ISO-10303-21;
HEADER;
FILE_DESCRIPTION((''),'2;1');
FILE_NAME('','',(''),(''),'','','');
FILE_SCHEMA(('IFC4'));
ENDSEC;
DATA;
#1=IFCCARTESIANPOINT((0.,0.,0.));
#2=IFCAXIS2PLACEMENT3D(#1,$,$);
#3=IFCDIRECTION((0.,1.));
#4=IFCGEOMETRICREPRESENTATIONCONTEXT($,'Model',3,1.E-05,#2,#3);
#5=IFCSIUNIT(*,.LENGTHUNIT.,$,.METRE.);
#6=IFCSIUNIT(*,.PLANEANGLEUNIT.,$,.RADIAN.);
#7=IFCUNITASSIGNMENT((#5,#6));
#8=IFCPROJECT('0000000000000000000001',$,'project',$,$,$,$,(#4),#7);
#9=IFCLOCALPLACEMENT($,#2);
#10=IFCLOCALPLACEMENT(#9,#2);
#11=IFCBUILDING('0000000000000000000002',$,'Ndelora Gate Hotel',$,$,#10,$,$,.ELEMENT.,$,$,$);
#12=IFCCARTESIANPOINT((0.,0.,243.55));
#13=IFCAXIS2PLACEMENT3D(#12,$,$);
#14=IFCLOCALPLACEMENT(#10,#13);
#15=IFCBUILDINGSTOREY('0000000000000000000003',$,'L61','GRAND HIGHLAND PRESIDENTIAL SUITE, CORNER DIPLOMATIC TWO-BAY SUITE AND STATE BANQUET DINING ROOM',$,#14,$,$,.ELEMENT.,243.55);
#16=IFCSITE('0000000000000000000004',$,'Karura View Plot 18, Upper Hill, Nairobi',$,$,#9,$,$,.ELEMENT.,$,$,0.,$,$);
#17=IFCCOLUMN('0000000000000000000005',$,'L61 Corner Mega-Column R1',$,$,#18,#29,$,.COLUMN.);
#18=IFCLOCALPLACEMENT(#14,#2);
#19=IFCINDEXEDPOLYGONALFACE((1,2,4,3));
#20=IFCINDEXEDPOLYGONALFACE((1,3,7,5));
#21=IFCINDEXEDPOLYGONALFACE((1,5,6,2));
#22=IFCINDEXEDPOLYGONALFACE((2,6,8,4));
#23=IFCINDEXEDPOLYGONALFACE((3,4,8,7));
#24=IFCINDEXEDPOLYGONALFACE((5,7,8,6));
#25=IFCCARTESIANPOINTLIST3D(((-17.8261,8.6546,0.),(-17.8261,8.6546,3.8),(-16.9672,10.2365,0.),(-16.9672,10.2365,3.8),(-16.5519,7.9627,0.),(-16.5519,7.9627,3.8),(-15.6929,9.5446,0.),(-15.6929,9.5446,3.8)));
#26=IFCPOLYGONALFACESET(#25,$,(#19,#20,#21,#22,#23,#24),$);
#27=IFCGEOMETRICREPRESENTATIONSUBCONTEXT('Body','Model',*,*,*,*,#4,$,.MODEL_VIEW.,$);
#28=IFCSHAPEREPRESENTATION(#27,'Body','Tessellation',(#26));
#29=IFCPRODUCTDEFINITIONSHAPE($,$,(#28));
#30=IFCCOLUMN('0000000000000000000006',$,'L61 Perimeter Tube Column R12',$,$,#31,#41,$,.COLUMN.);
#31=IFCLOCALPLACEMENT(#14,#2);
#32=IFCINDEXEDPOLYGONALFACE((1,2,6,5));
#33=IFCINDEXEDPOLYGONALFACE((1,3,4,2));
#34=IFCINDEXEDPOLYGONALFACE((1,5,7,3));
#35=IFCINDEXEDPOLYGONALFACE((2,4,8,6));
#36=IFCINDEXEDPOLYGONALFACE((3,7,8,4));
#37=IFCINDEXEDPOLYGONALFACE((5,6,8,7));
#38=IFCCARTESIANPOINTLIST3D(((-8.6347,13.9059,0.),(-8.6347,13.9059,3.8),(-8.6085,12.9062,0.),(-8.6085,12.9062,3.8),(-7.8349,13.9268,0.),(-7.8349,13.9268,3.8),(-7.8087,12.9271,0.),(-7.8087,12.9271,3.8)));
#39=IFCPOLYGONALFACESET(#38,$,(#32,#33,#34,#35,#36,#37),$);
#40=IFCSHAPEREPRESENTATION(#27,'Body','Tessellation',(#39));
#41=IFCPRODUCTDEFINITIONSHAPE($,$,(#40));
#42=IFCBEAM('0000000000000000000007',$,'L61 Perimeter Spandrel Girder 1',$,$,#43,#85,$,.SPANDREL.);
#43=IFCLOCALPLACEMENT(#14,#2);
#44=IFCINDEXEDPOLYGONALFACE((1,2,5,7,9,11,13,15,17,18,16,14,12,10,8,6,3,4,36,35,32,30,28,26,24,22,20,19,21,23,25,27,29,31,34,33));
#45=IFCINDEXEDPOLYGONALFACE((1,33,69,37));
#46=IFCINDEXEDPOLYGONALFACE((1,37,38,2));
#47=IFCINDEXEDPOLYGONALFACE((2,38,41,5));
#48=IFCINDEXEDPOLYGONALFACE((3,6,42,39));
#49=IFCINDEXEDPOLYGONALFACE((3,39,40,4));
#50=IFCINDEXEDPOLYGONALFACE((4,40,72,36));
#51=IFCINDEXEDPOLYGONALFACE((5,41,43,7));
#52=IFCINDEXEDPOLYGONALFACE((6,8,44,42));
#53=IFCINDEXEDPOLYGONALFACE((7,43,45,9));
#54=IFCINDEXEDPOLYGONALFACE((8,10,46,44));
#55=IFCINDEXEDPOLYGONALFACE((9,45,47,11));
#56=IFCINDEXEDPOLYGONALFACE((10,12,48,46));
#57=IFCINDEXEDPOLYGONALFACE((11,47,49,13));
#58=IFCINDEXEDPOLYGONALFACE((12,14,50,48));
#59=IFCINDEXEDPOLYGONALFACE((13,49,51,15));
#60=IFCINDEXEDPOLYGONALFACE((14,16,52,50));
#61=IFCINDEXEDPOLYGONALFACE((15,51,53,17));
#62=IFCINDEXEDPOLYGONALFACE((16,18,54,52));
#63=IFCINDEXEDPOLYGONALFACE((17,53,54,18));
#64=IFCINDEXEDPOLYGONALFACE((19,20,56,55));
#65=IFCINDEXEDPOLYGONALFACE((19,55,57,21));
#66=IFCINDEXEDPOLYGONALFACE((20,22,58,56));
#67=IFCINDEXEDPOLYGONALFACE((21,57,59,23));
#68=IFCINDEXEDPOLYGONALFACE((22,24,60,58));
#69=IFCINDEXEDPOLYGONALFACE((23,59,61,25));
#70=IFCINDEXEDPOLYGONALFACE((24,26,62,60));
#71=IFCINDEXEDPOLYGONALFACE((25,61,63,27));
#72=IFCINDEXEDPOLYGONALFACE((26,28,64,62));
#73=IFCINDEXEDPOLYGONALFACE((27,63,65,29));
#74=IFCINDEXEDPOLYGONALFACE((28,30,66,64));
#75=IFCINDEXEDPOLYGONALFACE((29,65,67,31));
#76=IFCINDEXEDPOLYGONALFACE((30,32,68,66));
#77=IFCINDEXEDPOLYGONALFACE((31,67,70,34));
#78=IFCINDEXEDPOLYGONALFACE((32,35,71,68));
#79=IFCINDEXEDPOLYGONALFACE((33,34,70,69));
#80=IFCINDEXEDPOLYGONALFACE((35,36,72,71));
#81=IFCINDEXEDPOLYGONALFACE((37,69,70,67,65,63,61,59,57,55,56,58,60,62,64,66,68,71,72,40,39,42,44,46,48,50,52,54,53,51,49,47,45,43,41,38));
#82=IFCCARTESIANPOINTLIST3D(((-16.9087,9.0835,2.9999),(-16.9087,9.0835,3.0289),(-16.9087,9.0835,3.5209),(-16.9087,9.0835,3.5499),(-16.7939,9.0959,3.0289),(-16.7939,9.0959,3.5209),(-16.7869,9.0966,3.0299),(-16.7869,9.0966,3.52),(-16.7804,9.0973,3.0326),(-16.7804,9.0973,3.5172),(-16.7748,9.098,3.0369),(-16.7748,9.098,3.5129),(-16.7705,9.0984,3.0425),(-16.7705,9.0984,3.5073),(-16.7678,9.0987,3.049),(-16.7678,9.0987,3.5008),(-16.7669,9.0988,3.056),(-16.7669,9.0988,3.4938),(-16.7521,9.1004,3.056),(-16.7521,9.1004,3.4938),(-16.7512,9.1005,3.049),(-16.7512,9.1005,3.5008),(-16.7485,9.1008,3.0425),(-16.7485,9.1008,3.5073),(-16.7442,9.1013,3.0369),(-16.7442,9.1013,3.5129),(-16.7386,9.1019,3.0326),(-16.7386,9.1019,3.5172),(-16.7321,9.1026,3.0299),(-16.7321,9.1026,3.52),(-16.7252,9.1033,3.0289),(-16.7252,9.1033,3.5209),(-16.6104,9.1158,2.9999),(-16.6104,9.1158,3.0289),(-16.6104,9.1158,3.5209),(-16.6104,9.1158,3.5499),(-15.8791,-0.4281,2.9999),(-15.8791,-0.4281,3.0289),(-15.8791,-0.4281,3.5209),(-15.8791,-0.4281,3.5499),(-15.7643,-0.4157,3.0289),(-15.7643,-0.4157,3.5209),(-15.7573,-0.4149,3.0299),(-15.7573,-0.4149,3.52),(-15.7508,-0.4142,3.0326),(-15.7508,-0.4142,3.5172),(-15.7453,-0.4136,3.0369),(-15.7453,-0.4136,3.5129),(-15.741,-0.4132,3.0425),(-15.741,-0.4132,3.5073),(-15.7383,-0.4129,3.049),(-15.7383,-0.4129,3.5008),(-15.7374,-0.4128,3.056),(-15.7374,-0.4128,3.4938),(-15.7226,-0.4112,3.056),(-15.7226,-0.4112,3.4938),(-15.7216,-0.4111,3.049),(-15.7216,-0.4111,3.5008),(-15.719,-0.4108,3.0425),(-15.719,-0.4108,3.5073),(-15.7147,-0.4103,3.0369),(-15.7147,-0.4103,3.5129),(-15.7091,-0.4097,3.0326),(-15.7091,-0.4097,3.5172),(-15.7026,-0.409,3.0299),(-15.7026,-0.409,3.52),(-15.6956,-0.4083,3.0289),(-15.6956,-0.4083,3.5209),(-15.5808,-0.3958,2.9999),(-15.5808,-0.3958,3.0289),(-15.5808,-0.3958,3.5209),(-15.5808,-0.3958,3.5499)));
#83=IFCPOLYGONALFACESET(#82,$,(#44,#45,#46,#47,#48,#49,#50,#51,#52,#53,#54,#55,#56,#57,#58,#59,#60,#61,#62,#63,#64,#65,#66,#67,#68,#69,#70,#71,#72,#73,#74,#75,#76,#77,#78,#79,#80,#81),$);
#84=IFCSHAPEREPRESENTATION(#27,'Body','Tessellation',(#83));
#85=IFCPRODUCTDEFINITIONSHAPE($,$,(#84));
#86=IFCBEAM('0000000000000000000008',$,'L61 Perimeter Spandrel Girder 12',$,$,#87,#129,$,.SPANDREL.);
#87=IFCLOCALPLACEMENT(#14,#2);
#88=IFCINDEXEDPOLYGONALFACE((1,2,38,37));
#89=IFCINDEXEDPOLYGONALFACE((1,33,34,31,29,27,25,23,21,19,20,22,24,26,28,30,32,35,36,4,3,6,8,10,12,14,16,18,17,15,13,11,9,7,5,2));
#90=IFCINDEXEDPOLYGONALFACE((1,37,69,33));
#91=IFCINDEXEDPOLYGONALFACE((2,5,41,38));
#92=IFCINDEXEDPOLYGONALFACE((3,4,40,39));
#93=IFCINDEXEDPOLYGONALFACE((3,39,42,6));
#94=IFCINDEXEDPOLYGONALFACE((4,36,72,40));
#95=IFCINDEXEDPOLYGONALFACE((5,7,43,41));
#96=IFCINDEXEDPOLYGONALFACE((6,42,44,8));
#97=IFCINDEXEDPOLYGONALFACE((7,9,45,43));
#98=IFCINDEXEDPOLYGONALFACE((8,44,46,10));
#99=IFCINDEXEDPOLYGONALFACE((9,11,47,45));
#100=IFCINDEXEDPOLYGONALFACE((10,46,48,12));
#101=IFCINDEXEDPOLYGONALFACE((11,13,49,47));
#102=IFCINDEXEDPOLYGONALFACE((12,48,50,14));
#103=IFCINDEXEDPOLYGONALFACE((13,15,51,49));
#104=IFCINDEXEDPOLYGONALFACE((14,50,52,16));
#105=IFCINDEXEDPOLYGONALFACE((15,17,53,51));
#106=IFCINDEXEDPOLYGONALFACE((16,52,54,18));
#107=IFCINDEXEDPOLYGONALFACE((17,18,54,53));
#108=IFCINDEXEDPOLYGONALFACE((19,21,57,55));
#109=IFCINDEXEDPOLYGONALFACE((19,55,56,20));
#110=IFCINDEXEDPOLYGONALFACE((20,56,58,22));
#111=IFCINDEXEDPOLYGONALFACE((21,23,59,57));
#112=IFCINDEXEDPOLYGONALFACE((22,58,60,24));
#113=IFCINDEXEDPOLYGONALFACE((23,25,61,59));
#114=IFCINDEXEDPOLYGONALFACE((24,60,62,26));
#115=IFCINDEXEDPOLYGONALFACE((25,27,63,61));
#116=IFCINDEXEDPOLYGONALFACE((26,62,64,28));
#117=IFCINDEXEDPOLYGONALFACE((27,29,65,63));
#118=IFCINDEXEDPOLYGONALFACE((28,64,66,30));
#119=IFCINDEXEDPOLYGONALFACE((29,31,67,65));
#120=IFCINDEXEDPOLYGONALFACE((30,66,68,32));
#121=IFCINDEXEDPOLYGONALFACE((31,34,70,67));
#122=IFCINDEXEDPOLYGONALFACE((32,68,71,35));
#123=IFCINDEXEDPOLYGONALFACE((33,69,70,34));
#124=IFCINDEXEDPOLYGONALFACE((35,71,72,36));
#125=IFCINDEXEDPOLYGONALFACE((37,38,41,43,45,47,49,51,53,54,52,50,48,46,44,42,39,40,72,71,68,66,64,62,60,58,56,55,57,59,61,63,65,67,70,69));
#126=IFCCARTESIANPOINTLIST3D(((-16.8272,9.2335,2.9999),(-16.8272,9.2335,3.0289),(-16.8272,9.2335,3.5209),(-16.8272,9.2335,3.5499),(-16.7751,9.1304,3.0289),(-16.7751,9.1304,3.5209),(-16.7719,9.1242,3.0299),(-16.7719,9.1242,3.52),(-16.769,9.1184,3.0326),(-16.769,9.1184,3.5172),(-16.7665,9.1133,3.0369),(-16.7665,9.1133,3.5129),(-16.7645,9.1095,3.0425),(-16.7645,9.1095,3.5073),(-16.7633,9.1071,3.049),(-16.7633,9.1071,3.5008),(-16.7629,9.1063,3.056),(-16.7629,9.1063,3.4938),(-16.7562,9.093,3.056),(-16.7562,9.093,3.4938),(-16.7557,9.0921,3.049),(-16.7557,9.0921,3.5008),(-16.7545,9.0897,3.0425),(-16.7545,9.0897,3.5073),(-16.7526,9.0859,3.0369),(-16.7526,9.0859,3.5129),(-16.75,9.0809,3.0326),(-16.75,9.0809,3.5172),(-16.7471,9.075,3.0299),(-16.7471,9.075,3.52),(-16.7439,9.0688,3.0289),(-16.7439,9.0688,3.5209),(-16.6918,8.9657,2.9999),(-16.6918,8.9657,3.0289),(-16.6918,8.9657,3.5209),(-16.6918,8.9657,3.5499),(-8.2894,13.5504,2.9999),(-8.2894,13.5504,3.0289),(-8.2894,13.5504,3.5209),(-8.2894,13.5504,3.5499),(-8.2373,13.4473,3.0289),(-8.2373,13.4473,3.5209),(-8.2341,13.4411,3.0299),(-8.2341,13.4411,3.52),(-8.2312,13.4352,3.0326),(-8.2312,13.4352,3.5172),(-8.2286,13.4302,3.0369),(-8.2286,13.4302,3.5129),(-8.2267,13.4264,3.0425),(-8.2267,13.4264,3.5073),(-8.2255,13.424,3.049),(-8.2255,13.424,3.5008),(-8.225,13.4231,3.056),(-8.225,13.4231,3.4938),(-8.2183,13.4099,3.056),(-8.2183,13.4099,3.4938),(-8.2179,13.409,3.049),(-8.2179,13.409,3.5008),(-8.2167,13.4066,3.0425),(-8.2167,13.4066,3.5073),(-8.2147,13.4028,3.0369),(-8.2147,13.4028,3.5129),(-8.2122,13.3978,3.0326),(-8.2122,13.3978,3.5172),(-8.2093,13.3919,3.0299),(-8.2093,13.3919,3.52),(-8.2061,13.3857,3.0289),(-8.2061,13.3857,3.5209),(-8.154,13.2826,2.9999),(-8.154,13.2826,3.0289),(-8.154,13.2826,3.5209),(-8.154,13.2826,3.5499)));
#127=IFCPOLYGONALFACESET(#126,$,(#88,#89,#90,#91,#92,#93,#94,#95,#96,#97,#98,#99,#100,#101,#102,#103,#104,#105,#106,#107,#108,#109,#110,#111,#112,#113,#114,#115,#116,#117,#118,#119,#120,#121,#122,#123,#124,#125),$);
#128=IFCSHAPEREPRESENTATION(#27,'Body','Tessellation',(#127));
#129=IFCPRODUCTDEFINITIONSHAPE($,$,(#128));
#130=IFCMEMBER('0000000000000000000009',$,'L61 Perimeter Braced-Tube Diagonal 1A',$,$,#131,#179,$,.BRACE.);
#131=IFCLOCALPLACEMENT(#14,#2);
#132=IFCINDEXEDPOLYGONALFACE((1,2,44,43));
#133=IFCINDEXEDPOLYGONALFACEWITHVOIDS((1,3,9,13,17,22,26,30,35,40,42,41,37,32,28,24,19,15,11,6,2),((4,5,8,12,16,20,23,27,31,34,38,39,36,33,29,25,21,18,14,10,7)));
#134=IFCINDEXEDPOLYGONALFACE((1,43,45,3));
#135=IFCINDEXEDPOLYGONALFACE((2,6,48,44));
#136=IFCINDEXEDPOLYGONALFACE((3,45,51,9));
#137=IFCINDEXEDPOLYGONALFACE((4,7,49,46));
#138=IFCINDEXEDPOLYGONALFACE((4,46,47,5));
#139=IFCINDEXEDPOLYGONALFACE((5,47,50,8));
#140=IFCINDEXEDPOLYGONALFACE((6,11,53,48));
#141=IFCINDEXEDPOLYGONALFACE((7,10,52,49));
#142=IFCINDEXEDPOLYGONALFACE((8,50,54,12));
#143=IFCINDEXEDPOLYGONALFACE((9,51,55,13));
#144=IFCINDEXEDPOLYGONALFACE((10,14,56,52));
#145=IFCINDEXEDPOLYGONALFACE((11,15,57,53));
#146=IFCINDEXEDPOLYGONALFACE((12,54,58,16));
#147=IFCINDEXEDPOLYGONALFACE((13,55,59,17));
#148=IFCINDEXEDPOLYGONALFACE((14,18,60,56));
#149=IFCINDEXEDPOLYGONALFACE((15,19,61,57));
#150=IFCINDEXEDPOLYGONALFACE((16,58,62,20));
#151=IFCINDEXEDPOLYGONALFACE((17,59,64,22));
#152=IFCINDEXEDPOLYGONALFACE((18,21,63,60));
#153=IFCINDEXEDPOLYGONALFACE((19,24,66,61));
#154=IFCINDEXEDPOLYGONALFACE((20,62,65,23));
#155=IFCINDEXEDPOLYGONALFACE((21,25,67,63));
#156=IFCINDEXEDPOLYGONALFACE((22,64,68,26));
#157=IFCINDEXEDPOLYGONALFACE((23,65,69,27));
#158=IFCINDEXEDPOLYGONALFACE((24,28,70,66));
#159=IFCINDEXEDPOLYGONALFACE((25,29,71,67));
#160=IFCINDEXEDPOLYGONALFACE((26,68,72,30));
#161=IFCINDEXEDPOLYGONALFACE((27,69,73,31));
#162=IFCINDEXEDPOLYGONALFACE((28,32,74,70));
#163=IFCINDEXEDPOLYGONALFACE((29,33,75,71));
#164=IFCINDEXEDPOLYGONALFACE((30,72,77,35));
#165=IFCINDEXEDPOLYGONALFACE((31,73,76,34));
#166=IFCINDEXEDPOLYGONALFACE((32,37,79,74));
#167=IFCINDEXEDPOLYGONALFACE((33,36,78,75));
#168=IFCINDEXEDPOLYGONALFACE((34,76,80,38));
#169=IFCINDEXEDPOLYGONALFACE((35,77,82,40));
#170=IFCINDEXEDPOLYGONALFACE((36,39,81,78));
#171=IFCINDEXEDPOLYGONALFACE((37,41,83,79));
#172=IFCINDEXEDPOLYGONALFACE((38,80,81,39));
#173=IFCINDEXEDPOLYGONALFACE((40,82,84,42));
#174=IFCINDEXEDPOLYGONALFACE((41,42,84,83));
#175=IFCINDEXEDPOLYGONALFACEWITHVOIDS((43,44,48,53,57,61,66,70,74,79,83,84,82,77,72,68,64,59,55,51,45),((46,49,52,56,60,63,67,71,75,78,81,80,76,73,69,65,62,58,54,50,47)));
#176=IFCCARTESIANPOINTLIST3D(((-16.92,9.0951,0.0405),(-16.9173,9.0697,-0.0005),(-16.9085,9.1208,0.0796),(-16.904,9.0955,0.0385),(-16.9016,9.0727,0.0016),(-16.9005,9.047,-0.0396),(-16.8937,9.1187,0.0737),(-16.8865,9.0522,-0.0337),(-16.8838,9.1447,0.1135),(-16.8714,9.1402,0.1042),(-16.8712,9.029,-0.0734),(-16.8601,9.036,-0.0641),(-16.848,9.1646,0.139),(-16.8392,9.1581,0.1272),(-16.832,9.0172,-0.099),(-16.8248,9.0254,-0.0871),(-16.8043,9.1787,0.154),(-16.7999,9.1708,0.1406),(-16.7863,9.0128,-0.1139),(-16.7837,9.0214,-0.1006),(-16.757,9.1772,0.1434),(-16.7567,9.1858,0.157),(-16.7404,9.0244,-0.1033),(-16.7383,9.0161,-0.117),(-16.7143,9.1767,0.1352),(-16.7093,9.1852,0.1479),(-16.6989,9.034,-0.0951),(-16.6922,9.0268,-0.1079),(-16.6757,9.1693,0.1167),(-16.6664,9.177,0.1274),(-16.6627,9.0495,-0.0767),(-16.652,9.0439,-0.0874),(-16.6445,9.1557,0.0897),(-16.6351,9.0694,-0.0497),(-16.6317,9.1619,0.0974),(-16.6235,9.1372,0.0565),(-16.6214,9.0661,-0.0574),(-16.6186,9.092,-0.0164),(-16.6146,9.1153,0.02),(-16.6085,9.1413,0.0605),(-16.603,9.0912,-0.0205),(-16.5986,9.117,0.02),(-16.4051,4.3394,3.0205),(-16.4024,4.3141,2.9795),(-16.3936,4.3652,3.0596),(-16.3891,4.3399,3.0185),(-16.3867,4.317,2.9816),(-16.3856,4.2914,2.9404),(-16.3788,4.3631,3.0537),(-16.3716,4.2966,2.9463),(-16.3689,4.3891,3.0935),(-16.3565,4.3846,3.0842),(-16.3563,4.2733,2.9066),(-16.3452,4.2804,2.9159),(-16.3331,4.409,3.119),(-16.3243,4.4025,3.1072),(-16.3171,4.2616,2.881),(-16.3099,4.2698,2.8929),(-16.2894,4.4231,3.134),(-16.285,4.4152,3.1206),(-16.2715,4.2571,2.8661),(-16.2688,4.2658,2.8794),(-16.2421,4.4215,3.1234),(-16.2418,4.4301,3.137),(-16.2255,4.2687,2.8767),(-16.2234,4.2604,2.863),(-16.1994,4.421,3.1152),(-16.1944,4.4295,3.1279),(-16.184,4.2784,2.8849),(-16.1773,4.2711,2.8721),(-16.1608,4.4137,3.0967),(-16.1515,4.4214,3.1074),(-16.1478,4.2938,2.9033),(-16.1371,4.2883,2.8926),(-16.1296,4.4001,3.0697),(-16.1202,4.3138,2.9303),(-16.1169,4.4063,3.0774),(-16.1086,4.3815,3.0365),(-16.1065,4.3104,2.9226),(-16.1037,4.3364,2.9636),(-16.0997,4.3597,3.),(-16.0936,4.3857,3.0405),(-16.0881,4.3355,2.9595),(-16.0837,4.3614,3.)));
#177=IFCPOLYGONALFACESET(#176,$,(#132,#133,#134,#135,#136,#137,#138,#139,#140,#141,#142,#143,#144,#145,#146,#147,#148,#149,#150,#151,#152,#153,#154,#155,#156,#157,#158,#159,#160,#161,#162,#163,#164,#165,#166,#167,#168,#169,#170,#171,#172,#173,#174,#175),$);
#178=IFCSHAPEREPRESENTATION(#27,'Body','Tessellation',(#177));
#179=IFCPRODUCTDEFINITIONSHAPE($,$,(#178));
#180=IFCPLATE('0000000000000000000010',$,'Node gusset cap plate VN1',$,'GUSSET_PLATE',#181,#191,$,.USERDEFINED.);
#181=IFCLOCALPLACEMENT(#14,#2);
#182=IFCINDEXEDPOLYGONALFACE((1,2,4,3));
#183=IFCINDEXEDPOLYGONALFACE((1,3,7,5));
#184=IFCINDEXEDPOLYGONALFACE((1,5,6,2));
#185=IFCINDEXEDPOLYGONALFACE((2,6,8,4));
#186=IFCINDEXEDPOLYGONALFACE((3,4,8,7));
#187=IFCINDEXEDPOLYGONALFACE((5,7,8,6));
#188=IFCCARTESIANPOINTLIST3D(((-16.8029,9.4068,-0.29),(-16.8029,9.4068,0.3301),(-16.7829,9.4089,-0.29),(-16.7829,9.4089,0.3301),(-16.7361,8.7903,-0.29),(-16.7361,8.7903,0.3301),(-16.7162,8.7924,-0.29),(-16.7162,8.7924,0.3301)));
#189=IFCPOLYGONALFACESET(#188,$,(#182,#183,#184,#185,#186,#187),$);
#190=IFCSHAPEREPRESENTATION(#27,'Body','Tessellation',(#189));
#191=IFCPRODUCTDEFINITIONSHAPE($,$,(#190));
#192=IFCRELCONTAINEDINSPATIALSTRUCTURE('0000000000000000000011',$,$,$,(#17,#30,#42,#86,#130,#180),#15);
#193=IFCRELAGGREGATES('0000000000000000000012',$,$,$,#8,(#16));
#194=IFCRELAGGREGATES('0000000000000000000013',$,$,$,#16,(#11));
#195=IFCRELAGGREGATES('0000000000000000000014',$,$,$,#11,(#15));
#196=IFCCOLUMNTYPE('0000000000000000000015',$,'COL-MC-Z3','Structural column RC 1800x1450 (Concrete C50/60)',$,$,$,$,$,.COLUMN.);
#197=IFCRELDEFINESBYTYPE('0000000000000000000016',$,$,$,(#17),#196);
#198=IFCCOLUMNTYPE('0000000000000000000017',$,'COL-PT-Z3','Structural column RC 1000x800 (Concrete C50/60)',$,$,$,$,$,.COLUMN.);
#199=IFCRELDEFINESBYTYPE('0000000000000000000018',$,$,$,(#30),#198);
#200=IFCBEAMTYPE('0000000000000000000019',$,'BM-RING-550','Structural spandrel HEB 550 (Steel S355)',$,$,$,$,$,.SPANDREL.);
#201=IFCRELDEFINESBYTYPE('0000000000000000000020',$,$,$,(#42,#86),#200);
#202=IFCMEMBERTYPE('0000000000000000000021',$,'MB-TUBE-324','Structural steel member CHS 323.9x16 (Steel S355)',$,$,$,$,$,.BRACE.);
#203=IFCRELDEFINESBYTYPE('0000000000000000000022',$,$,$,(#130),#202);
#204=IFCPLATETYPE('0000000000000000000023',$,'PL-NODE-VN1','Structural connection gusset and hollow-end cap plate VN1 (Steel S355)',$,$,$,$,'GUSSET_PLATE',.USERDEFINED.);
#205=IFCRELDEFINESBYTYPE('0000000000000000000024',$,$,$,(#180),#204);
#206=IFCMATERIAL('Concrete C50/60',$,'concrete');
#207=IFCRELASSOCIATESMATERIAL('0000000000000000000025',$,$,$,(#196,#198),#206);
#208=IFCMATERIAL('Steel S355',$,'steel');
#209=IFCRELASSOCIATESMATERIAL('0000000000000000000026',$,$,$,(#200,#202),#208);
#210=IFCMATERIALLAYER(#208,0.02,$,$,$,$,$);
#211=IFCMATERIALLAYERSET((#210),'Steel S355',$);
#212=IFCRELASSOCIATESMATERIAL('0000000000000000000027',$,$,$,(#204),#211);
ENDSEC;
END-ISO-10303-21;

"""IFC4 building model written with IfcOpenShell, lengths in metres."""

from ifc_helpers import new_model, si_unit, direction, frame, origin, origin_2d, place, context, subcontext, project, spatial, rectangle, hollow_circle, i_section, extrude, material, layer, layer_set, material_profile, profile_set, type_object, element, save


model = new_model("IFC4")

# Units and contexts
model_context = context("Model", 3, precision=1e-05, world=origin(), true_north=direction((0.0, 1.0)))
body_context = subcontext(model_context, "Body", "Model", "MODEL_VIEW")
ifc_project = project(units=[si_unit("LENGTHUNIT", "METRE"), si_unit("PLANEANGLEUNIT", "RADIAN")], contexts=[model_context])

# Site, building, storey
site_placement = place(None, origin())
site = spatial("IfcSite", under=ifc_project, at=site_placement, Name="Karura View Plot 18, Upper Hill, Nairobi", CompositionType="ELEMENT", RefElevation=0.0)
building_placement = place(site_placement, origin())
building = spatial("IfcBuilding", under=site, at=building_placement, Name="Ndelora Gate Hotel", CompositionType="ELEMENT")
storey_placement = place(building_placement, frame((0.0, 0.0, 243.55)))
storey = spatial("IfcBuildingStorey", under=building, at=storey_placement, Name="L61", Description="GRAND HIGHLAND PRESIDENTIAL SUITE, CORNER DIPLOMATIC TWO-BAY SUITE AND STATE BANQUET DINING ROOM", CompositionType="ELEMENT", Elevation=243.55)

# Columns
ifc_material_1 = material(Name="Concrete C50/60", Category="concrete")
ifc_material_profile_1 = material_profile(ifc_material_1, rectangle(XDim=1.45, YDim=1.8, at=origin_2d()), Name="RC 1800x1450")
ifc_profile_set_1 = profile_set([ifc_material_profile_1], Name="Concrete C50/60")
column_type_1 = type_object("IfcColumnType", Name="COL-MC-Z3", Description="Structural column RC 1800x1450 (Concrete C50/60)", PredefinedType="COLUMN", material=ifc_profile_set_1)
column_1_placement = place(storey_placement, frame((-16.7595, 9.0996, 0.0), z_axis=(0.0, 0.0, 1.0), x_axis=(-0.878817, 0.477159, 0.0)))
element("IfcColumn", 1, at=column_1_placement, inside=storey, type_object=column_type_1, Name="L61 Corner Mega-Column R1", PredefinedType="COLUMN", context=body_context, shape_type="SweptSolid", body=[
    extrude(rectangle(XDim=1.45, YDim=1.8, at=origin_2d()), origin(), (0.0, 0.0, 1.0), 3.8),
])
ifc_material_profile_2 = material_profile(ifc_material_1, rectangle(XDim=0.8, YDim=1.0, at=origin_2d()), Name="RC 1000x800")
ifc_profile_set_2 = profile_set([ifc_material_profile_2], Name="Concrete C50/60")
column_type_2 = type_object("IfcColumnType", Name="COL-PT-Z3", Description="Structural column RC 1000x800 (Concrete C50/60)", PredefinedType="COLUMN", material=ifc_profile_set_2)
column_2_placement = place(storey_placement, frame((-8.2217, 13.4165, 0.0), z_axis=(0.0, 0.0, 1.0), x_axis=(0.999657, 0.026177, 0.0)))
element("IfcColumn", 2, at=column_2_placement, inside=storey, type_object=column_type_2, Name="L61 Perimeter Tube Column R12", PredefinedType="COLUMN", context=body_context, shape_type="SweptSolid", body=[
    extrude(rectangle(XDim=0.8, YDim=1.0, at=origin_2d()), origin(), (0.0, 0.0, 1.0), 3.8),
])

# Beams
ifc_material_2 = material(Name="Steel S355", Category="steel")
ifc_material_profile_3 = material_profile(ifc_material_2, i_section(OverallWidth=0.3, OverallDepth=0.55, WebThickness=0.0149, FlangeThickness=0.0291, FilletRadius=0.0271, at=origin_2d()), Name="HEB 550")
ifc_profile_set_3 = profile_set([ifc_material_profile_3], Name="Steel S355")
beam_type = type_object("IfcBeamType", Name="BM-RING-550", Description="Structural spandrel HEB 550 (Steel S355)", PredefinedType="SPANDREL", material=ifc_profile_set_3)
for number, where, z_axis, x_axis, name in (
    (3, (-16.7595, 9.0996, 3.2749), (0.107613, -0.994193, 0.0), (0.994193, 0.107613, 0.0), "L61 Perimeter Spandrel Girder 1"),
    (4, (-8.2217, 13.4165, 3.2749), (-0.892412, -0.451221, 0.0), (0.451221, -0.892412, 0.0), "L61 Perimeter Spandrel Girder 12"),
):
    element("IfcBeam", number, at=place(storey_placement, frame(where, z_axis=z_axis, x_axis=x_axis)), inside=storey, type_object=beam_type, Name=name, PredefinedType="SPANDREL", context=body_context, shape_type="SweptSolid", body=[
        extrude(i_section(OverallWidth=0.3, OverallDepth=0.55, WebThickness=0.0149, FlangeThickness=0.0291, FilletRadius=0.0271, at=origin_2d()), origin(), (0.0, 0.0, 1.0), 9.5671),
    ])

# Member
ifc_material_profile_4 = material_profile(ifc_material_2, hollow_circle(Radius=0.1619, WallThickness=0.0161, at=origin_2d()), Name="CHS 323.9x16")
ifc_profile_set_4 = profile_set([ifc_material_profile_4], Name="Steel S355")
member_type = type_object("IfcMemberType", Name="MB-TUBE-324", Description="Structural steel member CHS 323.9x16 (Steel S355)", PredefinedType="BRACE", material=ifc_profile_set_4)
member_placement = place(storey_placement, frame((-16.7595, 9.0996, 0.02), z_axis=(0.091362, -0.843835, 0.528767), x_axis=(0.99419, 0.107641, 0.0)))
element("IfcMember", 5, at=member_placement, inside=storey, type_object=member_type, Name="L61 Perimeter Braced-Tube Diagonal 1A", PredefinedType="BRACE", context=body_context, shape_type="SweptSolid", body=[
    extrude(hollow_circle(Radius=0.1619, WallThickness=0.0161, at=origin_2d()), origin(), (0.0, 0.0, 1.0), 5.6357),
])

# Plate
ifc_layer_1 = layer(ifc_material_2, 0.02)
ifc_layer_set_1 = layer_set([ifc_layer_1], Name="Steel S355")
plate_type = type_object("IfcPlateType", Name="PL-NODE-VN1", Description="Structural connection gusset and hollow-end cap plate VN1 (Steel S355)", ElementType="GUSSET_PLATE", PredefinedType="USERDEFINED", material=ifc_layer_set_1)
plate_placement = place(storey_placement, frame((-16.7595, 9.0996, -0.29), z_axis=(0.0, 0.0, 1.0), x_axis=(-0.107652, 0.994189, 0.0)))
element("IfcPlate", 6, at=plate_placement, inside=storey, type_object=plate_type, Name="Node gusset cap plate VN1", ObjectType="GUSSET_PLATE", PredefinedType="USERDEFINED", context=body_context, shape_type="SweptSolid", body=[
    extrude(rectangle(XDim=0.6201, YDim=0.02, at=origin_2d()), origin(), (0.0, 0.0, 1.0), 0.6201),
])

save(model, "model.ifc")
